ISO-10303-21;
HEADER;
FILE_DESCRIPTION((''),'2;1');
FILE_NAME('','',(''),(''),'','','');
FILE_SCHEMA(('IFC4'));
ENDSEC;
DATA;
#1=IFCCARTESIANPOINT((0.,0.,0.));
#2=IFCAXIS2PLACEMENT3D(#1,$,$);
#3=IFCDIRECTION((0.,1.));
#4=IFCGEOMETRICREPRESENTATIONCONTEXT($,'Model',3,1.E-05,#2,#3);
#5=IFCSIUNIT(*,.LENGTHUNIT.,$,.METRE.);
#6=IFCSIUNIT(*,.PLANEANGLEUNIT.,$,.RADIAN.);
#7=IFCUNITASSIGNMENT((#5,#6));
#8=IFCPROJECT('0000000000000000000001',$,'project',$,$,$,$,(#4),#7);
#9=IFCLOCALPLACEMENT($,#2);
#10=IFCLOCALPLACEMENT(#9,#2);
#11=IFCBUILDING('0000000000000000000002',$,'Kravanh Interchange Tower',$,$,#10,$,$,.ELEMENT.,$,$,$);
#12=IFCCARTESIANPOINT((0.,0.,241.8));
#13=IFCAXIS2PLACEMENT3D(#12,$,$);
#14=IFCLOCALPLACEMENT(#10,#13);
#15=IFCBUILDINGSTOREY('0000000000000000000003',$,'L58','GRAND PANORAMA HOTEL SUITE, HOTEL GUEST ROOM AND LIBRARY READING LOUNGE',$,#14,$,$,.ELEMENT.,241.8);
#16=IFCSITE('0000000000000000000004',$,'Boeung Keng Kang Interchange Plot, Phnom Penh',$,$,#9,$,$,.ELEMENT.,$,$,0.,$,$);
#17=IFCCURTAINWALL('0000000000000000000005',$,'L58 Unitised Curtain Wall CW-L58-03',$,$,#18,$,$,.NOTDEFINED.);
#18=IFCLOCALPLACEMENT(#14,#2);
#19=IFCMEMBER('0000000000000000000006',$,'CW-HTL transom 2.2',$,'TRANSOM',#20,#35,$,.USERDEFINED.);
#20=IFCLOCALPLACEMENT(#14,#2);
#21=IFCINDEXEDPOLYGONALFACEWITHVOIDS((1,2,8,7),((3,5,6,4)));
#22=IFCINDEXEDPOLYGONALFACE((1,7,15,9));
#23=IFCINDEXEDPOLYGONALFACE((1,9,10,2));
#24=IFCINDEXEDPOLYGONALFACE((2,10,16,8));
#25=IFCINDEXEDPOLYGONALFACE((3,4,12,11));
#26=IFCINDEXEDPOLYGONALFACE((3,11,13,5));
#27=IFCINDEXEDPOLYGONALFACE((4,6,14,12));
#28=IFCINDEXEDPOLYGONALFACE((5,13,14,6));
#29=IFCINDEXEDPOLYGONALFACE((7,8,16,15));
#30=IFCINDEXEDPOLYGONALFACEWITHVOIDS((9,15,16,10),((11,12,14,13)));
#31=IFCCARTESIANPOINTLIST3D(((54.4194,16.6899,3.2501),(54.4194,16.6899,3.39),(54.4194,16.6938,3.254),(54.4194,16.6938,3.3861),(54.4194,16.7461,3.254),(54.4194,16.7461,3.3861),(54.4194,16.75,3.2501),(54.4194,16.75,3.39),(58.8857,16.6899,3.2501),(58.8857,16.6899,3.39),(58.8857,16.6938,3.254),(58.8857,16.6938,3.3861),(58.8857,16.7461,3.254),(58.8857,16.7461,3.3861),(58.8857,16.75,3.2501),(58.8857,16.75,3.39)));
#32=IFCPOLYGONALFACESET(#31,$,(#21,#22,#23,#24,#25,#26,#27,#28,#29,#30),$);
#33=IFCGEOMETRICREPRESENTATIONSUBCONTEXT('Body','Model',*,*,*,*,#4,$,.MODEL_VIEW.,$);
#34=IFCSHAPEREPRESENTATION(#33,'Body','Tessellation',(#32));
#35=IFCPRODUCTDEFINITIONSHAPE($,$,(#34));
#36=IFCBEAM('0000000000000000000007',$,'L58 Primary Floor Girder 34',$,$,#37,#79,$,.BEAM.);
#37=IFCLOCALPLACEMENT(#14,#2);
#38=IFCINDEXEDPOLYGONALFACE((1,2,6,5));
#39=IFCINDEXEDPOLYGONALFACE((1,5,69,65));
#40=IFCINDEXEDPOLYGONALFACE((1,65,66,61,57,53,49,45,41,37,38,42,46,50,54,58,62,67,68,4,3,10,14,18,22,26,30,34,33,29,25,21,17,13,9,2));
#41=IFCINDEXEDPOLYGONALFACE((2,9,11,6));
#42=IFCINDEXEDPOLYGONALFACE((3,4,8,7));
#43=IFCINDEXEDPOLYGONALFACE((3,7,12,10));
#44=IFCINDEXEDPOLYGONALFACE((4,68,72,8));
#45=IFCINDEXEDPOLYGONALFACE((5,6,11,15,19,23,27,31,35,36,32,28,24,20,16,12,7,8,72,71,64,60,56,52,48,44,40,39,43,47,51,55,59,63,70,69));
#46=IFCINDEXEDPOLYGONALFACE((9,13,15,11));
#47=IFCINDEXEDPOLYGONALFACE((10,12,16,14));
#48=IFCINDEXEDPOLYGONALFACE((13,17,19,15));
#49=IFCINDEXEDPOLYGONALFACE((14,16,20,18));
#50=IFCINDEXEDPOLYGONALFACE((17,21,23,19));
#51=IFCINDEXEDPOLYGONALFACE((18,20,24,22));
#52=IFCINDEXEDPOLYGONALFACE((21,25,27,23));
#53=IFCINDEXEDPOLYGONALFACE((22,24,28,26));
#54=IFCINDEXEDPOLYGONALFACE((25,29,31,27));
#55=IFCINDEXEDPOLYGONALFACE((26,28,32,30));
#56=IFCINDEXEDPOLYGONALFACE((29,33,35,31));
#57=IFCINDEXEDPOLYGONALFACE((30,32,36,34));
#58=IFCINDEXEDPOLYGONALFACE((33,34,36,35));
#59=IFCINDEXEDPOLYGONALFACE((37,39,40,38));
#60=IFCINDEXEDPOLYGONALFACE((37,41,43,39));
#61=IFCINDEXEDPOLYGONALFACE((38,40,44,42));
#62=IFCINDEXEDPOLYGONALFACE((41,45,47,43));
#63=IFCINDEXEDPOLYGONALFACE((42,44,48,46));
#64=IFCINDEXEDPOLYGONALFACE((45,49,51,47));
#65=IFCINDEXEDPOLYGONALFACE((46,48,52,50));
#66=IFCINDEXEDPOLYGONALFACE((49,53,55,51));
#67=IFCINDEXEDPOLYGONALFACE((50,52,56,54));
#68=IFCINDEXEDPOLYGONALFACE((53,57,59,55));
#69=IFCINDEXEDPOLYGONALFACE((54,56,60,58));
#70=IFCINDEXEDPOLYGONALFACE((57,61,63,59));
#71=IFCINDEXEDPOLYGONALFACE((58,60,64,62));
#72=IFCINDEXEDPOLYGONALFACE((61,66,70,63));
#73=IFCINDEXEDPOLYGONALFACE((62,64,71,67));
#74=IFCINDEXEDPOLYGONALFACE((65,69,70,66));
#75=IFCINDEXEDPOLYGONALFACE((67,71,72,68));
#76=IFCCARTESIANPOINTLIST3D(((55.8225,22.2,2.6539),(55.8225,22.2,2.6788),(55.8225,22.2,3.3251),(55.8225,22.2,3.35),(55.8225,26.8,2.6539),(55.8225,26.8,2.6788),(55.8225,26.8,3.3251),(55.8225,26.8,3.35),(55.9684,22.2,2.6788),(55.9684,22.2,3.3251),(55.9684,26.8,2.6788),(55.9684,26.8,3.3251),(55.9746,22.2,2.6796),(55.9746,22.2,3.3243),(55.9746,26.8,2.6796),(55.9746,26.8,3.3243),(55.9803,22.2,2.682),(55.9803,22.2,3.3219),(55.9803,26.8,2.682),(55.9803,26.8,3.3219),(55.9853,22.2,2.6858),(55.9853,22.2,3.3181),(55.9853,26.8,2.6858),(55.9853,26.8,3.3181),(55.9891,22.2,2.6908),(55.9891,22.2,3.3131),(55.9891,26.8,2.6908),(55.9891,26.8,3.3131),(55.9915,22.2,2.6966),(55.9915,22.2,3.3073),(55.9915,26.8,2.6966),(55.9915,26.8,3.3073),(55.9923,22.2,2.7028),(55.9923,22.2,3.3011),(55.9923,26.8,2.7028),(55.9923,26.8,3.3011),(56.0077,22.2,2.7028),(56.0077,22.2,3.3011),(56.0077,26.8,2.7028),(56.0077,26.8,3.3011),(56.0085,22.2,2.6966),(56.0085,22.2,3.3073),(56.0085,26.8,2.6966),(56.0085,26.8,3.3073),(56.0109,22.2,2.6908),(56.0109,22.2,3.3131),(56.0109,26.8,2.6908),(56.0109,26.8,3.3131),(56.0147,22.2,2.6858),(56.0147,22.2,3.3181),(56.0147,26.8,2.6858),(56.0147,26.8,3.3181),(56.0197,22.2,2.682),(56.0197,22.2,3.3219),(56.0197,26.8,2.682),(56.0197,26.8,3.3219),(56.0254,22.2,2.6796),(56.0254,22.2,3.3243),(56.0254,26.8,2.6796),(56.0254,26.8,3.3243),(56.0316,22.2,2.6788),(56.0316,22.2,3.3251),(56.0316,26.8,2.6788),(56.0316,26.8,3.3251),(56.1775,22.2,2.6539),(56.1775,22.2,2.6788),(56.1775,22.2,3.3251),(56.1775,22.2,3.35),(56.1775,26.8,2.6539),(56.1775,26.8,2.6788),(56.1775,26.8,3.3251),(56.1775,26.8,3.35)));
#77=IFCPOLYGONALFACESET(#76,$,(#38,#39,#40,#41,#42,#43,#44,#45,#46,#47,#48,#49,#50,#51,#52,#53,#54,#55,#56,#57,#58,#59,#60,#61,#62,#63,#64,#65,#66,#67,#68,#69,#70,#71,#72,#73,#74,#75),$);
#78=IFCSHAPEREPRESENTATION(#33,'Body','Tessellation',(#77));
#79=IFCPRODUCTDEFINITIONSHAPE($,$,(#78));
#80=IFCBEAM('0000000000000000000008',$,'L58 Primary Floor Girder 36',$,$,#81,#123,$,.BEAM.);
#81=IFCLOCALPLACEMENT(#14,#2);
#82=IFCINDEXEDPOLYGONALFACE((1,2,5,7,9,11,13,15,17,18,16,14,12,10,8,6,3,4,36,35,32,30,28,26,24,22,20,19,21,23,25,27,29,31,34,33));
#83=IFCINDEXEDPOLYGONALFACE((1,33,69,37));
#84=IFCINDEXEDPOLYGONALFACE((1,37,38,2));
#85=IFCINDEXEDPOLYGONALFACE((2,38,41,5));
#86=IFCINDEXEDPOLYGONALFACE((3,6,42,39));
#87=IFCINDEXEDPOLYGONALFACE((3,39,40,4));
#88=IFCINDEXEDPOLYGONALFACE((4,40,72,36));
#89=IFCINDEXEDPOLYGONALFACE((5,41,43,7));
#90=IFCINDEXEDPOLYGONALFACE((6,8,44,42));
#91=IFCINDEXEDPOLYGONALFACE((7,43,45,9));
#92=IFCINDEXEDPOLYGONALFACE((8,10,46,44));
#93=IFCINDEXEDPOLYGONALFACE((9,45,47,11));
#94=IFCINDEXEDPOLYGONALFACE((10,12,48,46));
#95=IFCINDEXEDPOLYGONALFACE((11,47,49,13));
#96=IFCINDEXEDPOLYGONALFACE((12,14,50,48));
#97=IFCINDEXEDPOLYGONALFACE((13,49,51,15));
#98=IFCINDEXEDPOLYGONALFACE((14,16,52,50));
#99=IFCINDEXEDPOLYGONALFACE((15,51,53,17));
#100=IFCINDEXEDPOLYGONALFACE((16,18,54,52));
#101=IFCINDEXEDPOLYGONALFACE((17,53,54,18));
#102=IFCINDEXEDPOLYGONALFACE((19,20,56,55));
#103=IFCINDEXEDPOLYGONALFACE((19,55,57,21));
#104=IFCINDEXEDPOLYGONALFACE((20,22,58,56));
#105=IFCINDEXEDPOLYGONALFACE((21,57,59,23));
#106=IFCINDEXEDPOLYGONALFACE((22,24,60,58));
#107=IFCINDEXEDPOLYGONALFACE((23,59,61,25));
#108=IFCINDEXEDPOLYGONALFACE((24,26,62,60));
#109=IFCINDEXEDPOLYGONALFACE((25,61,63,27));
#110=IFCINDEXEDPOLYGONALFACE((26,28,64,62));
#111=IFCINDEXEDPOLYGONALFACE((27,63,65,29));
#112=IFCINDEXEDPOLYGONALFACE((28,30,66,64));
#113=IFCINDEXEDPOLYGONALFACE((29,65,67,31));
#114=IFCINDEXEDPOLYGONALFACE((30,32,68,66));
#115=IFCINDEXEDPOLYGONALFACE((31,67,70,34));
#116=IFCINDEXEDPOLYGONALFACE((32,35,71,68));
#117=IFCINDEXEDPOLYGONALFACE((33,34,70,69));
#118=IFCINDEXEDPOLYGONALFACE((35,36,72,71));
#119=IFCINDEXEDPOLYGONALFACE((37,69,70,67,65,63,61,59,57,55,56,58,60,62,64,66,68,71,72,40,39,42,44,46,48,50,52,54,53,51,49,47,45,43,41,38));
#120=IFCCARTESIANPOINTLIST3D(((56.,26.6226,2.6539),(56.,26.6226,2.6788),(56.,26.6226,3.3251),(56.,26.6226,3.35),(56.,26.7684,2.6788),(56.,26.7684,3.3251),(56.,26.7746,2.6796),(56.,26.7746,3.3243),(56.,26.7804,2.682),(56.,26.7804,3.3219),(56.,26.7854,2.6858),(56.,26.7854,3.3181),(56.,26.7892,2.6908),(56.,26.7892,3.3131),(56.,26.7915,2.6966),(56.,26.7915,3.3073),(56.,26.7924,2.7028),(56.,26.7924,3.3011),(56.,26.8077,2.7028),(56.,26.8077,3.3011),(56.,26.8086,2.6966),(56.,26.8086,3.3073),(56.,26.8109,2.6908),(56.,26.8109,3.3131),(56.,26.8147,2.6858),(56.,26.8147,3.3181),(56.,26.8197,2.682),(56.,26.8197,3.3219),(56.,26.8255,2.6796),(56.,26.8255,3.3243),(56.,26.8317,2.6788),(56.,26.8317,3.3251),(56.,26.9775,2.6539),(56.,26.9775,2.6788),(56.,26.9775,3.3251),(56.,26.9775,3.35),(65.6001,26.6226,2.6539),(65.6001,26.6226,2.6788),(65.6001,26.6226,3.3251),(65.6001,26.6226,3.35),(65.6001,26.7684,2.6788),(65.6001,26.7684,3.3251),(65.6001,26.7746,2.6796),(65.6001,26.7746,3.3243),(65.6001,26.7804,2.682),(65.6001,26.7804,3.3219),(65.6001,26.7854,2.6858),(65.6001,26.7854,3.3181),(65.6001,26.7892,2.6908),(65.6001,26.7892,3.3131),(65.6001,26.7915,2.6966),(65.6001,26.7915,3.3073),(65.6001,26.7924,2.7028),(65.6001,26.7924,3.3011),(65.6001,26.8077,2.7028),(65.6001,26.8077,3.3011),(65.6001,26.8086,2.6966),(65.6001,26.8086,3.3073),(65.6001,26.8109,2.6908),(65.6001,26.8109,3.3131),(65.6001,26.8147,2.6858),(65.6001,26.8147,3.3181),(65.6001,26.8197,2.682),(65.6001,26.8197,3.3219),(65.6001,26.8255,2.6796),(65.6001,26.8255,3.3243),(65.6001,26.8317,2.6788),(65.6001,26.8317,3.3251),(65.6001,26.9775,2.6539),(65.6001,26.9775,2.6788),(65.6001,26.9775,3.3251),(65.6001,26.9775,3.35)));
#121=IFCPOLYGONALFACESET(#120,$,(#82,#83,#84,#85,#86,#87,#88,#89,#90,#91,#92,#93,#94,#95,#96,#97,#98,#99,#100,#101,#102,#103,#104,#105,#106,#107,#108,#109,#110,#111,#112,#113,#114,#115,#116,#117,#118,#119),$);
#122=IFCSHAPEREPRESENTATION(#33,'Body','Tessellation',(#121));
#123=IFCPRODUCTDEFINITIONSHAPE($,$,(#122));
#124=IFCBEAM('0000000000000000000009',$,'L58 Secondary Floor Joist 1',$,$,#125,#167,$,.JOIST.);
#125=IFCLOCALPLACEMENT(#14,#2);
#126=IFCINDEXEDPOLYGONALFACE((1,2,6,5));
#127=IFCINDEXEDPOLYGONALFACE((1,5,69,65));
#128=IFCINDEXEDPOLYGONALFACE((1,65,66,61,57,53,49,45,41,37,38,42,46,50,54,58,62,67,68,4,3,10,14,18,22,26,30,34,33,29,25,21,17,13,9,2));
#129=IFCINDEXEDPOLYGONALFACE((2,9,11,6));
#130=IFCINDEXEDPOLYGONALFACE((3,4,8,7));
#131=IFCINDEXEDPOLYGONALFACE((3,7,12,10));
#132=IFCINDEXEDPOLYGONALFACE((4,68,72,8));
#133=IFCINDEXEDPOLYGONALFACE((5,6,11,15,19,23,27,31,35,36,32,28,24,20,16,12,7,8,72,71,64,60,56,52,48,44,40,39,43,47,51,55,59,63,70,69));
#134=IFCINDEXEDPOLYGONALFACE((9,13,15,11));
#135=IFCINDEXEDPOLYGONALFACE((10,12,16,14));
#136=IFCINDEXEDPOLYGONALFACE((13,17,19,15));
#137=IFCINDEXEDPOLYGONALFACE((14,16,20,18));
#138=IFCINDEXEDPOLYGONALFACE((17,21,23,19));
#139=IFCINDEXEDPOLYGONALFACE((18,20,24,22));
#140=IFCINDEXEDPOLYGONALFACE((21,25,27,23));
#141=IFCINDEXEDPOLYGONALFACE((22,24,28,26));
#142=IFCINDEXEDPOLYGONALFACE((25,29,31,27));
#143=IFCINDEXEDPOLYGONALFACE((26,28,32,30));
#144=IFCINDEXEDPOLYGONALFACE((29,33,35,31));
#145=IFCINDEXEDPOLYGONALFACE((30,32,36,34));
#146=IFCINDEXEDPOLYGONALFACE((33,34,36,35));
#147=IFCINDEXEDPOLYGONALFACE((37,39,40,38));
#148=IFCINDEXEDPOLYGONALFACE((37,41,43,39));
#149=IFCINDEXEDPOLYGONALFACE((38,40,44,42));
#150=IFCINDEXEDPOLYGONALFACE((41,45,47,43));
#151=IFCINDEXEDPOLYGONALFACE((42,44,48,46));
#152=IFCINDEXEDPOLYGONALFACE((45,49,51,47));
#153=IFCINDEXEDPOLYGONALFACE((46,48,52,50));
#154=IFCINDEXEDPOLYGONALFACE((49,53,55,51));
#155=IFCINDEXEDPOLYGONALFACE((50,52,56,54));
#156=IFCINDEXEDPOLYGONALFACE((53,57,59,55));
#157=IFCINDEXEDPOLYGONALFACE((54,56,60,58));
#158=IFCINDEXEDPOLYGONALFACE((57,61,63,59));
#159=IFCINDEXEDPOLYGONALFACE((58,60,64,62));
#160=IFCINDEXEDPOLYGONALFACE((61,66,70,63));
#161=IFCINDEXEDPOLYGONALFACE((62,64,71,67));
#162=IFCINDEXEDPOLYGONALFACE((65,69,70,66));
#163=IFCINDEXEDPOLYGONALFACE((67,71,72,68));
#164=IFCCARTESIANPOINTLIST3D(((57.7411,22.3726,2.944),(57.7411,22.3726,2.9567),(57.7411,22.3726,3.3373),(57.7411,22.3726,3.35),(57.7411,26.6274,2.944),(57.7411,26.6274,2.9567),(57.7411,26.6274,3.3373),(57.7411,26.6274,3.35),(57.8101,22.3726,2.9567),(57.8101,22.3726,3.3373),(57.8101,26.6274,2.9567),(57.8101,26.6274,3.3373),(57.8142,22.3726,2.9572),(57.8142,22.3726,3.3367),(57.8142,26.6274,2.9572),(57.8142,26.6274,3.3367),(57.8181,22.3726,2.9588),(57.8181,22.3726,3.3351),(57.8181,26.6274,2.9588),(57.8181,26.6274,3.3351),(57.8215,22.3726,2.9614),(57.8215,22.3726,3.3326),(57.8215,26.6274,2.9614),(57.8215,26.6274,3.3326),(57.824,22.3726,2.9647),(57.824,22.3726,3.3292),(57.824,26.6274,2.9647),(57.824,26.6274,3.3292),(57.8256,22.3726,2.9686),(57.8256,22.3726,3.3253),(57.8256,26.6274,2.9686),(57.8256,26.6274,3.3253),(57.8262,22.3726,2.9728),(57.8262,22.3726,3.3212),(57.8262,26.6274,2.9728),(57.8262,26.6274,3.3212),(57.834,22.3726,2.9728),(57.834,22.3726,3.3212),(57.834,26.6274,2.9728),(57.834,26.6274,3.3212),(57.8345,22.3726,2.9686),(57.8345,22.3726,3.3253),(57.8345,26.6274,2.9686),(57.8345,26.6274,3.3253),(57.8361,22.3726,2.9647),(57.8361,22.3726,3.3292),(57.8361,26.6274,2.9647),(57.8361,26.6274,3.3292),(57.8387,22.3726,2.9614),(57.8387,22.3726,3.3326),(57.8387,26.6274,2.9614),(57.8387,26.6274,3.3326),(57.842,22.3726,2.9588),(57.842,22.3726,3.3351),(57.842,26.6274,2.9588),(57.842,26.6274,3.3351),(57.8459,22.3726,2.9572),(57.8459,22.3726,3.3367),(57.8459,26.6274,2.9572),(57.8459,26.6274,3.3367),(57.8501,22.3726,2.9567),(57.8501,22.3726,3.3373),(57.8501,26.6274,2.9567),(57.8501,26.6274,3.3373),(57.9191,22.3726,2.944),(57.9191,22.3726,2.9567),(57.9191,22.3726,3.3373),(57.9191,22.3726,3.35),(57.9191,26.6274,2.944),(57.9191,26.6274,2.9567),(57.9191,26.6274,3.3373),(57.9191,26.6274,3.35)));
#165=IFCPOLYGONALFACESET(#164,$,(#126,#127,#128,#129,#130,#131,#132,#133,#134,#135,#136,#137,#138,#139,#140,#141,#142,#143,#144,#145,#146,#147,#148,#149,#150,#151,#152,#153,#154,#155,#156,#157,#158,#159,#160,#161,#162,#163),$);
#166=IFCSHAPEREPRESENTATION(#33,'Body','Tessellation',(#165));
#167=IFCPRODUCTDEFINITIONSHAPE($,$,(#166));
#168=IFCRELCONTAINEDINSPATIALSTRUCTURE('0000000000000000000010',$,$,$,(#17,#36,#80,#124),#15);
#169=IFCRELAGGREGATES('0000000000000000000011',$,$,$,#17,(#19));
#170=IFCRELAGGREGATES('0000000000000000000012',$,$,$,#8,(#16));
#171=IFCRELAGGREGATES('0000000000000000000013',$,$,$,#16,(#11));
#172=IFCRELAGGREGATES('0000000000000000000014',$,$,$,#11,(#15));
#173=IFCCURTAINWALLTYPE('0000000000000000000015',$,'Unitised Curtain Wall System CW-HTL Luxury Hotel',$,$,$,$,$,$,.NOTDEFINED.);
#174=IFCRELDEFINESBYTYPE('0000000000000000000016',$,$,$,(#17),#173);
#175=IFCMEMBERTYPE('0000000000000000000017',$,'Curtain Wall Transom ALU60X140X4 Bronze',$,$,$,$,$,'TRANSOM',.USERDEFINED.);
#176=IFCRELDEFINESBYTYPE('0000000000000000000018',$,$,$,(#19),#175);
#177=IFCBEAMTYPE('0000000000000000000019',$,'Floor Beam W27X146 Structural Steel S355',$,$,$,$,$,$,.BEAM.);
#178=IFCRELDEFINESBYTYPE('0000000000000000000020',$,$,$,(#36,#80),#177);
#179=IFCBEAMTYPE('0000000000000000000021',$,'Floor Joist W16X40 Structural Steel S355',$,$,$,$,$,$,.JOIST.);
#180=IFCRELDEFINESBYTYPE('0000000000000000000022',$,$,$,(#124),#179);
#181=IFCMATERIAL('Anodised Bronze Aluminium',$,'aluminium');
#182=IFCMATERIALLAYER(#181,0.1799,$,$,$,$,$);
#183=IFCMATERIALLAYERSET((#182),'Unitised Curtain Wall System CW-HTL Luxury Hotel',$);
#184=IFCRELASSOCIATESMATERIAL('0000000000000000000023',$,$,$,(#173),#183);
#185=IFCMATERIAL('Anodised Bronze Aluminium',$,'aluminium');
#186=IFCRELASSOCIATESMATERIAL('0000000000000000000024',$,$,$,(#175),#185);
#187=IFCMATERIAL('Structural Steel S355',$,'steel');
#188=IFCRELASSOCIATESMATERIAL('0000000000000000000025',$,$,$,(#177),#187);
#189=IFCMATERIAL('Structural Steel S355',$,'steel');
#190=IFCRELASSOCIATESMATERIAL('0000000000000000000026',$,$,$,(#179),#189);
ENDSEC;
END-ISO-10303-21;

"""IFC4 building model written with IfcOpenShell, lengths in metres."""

from ifc_helpers import new_model, si_unit, direction, frame, origin, origin_2d, place, context, subcontext, project, spatial, hollow_rectangle, i_section, extrude, material, layer, layer_set, material_profile, profile_set, type_object, element, aggregate, save


model = new_model("IFC4")

# Units and contexts
model_context = context("Model", 3, precision=1e-05, world=origin(), true_north=direction((0.0, 1.0)))
body_context = subcontext(model_context, "Body", "Model", "MODEL_VIEW")
ifc_project = project(units=[si_unit("LENGTHUNIT", "METRE"), si_unit("PLANEANGLEUNIT", "RADIAN")], contexts=[model_context])

# Site, building, storey
site_placement = place(None, origin())
site = spatial("IfcSite", under=ifc_project, at=site_placement, Name="Boeung Keng Kang Interchange Plot, Phnom Penh", CompositionType="ELEMENT", RefElevation=0.0)
building_placement = place(site_placement, origin())
building = spatial("IfcBuilding", under=site, at=building_placement, Name="Kravanh Interchange Tower", CompositionType="ELEMENT")
storey_placement = place(building_placement, frame((0.0, 0.0, 241.8)))
storey = spatial("IfcBuildingStorey", under=building, at=storey_placement, Name="L58", Description="GRAND PANORAMA HOTEL SUITE, HOTEL GUEST ROOM AND LIBRARY READING LOUNGE", CompositionType="ELEMENT", Elevation=241.8)

# Curtain wall
ifc_material_1 = material(Name="Anodised Bronze Aluminium", Category="aluminium")
ifc_layer_1 = layer(ifc_material_1, 0.1799)
ifc_layer_set_1 = layer_set([ifc_layer_1], Name="Unitised Curtain Wall System CW-HTL Luxury Hotel")
curtain_wall_type = type_object("IfcCurtainWallType", Name="Unitised Curtain Wall System CW-HTL Luxury Hotel", PredefinedType="NOTDEFINED", material=ifc_layer_set_1)
curtain_wall_1_placement = place(storey_placement, origin())
curtain_wall_1 = element("IfcCurtainWall", 1, at=curtain_wall_1_placement, inside=storey, type_object=curtain_wall_type, Name="L58 Unitised Curtain Wall CW-L58-03", PredefinedType="NOTDEFINED")

# Member
ifc_material_2 = material(Name="Anodised Bronze Aluminium", Category="aluminium")
ifc_material_profile_1 = material_profile(ifc_material_2, hollow_rectangle(XDim=0.0601, YDim=0.1399, WallThickness=0.0039, at=origin_2d()), Name="ALU60X140X4")
ifc_profile_set_1 = profile_set([ifc_material_profile_1], Name="Anodised Bronze Aluminium")
member_type_1 = type_object("IfcMemberType", Name="Curtain Wall Transom ALU60X140X4 Bronze", ElementType="TRANSOM", PredefinedType="USERDEFINED", material=ifc_profile_set_1)
member_1_placement = place(storey_placement, frame((58.8857, 16.72, 3.3201), z_axis=(-1.0, 0.0, 0.0), x_axis=(0.0, -1.0, 0.0)))
member_1 = element("IfcMember", 2, at=member_1_placement, type_object=member_type_1, Name="CW-HTL transom 2.2", ObjectType="TRANSOM", PredefinedType="USERDEFINED", context=body_context, shape_type="SweptSolid", body=[
    extrude(hollow_rectangle(XDim=0.0601, YDim=0.1399, WallThickness=0.0039, at=origin_2d()), origin(), (0.0, 0.0, 1.0), 4.4663),
])

# Beams
ifc_material_3 = material(Name="Structural Steel S355", Category="steel")
ifc_material_profile_2 = material_profile(ifc_material_3, i_section(OverallWidth=0.355, OverallDepth=0.696, WebThickness=0.0154, FlangeThickness=0.0249, FilletRadius=0.0239, at=origin_2d()), Name="W27X146")
ifc_profile_set_2 = profile_set([ifc_material_profile_2], Name="Structural Steel S355")
beam_type_1 = type_object("IfcBeamType", Name="Floor Beam W27X146 Structural Steel S355", PredefinedType="BEAM", material=ifc_profile_set_2)
beam_1_placement = place(storey_placement, frame((56.0, 26.8, 3.002), z_axis=(0.0, -1.0, 0.0), x_axis=(1.0, 0.0, 0.0)))
element("IfcBeam", 3, at=beam_1_placement, inside=storey, type_object=beam_type_1, Name="L58 Primary Floor Girder 34", PredefinedType="BEAM", context=body_context, shape_type="SweptSolid", body=[
    extrude(i_section(OverallWidth=0.355, OverallDepth=0.696, WebThickness=0.0154, FlangeThickness=0.0249, FilletRadius=0.0239, at=origin_2d()), origin(), (0.0, 0.0, 1.0), 4.6001),
])
beam_2_placement = place(storey_placement, frame((56.0, 26.8, 3.002), z_axis=(1.0, 0.0, 0.0), x_axis=(0.0, 1.0, 0.0)))
element("IfcBeam", 4, at=beam_2_placement, inside=storey, type_object=beam_type_1, Name="L58 Primary Floor Girder 36", PredefinedType="BEAM", context=body_context, shape_type="SweptSolid", body=[
    extrude(i_section(OverallWidth=0.355, OverallDepth=0.696, WebThickness=0.0154, FlangeThickness=0.0249, FilletRadius=0.0239, at=origin_2d()), origin(), (0.0, 0.0, 1.0), 9.6001),
])
ifc_material_4 = material(Name="Structural Steel S355", Category="steel")
ifc_material_profile_3 = material_profile(ifc_material_4, i_section(OverallWidth=0.178, OverallDepth=0.406, WebThickness=0.0078, FlangeThickness=0.0127, FilletRadius=0.0161, at=origin_2d()), Name="W16X40")
ifc_profile_set_3 = profile_set([ifc_material_profile_3], Name="Structural Steel S355")
beam_type_2 = type_object("IfcBeamType", Name="Floor Joist W16X40 Structural Steel S355", PredefinedType="JOIST", material=ifc_profile_set_3)
for number, where, z_axis, x_axis, name in (
    (5, (57.8301, 22.3726, 3.147), (0.0, 1.0, 0.0), (-1.0, 0.0, 0.0), "L58 Secondary Floor Joist 1"),
):
    element("IfcBeam", number, at=place(storey_placement, frame(where, z_axis=z_axis, x_axis=x_axis)), inside=storey, type_object=beam_type_2, Name=name, PredefinedType="JOIST", context=body_context, shape_type="SweptSolid", body=[
        extrude(i_section(OverallWidth=0.178, OverallDepth=0.406, WebThickness=0.0078, FlangeThickness=0.0127, FilletRadius=0.0161, at=origin_2d()), origin(), (0.0, 0.0, 1.0), 4.2549),
    ])

aggregate(curtain_wall_1, [member_1])

save(model, "model.ifc")
